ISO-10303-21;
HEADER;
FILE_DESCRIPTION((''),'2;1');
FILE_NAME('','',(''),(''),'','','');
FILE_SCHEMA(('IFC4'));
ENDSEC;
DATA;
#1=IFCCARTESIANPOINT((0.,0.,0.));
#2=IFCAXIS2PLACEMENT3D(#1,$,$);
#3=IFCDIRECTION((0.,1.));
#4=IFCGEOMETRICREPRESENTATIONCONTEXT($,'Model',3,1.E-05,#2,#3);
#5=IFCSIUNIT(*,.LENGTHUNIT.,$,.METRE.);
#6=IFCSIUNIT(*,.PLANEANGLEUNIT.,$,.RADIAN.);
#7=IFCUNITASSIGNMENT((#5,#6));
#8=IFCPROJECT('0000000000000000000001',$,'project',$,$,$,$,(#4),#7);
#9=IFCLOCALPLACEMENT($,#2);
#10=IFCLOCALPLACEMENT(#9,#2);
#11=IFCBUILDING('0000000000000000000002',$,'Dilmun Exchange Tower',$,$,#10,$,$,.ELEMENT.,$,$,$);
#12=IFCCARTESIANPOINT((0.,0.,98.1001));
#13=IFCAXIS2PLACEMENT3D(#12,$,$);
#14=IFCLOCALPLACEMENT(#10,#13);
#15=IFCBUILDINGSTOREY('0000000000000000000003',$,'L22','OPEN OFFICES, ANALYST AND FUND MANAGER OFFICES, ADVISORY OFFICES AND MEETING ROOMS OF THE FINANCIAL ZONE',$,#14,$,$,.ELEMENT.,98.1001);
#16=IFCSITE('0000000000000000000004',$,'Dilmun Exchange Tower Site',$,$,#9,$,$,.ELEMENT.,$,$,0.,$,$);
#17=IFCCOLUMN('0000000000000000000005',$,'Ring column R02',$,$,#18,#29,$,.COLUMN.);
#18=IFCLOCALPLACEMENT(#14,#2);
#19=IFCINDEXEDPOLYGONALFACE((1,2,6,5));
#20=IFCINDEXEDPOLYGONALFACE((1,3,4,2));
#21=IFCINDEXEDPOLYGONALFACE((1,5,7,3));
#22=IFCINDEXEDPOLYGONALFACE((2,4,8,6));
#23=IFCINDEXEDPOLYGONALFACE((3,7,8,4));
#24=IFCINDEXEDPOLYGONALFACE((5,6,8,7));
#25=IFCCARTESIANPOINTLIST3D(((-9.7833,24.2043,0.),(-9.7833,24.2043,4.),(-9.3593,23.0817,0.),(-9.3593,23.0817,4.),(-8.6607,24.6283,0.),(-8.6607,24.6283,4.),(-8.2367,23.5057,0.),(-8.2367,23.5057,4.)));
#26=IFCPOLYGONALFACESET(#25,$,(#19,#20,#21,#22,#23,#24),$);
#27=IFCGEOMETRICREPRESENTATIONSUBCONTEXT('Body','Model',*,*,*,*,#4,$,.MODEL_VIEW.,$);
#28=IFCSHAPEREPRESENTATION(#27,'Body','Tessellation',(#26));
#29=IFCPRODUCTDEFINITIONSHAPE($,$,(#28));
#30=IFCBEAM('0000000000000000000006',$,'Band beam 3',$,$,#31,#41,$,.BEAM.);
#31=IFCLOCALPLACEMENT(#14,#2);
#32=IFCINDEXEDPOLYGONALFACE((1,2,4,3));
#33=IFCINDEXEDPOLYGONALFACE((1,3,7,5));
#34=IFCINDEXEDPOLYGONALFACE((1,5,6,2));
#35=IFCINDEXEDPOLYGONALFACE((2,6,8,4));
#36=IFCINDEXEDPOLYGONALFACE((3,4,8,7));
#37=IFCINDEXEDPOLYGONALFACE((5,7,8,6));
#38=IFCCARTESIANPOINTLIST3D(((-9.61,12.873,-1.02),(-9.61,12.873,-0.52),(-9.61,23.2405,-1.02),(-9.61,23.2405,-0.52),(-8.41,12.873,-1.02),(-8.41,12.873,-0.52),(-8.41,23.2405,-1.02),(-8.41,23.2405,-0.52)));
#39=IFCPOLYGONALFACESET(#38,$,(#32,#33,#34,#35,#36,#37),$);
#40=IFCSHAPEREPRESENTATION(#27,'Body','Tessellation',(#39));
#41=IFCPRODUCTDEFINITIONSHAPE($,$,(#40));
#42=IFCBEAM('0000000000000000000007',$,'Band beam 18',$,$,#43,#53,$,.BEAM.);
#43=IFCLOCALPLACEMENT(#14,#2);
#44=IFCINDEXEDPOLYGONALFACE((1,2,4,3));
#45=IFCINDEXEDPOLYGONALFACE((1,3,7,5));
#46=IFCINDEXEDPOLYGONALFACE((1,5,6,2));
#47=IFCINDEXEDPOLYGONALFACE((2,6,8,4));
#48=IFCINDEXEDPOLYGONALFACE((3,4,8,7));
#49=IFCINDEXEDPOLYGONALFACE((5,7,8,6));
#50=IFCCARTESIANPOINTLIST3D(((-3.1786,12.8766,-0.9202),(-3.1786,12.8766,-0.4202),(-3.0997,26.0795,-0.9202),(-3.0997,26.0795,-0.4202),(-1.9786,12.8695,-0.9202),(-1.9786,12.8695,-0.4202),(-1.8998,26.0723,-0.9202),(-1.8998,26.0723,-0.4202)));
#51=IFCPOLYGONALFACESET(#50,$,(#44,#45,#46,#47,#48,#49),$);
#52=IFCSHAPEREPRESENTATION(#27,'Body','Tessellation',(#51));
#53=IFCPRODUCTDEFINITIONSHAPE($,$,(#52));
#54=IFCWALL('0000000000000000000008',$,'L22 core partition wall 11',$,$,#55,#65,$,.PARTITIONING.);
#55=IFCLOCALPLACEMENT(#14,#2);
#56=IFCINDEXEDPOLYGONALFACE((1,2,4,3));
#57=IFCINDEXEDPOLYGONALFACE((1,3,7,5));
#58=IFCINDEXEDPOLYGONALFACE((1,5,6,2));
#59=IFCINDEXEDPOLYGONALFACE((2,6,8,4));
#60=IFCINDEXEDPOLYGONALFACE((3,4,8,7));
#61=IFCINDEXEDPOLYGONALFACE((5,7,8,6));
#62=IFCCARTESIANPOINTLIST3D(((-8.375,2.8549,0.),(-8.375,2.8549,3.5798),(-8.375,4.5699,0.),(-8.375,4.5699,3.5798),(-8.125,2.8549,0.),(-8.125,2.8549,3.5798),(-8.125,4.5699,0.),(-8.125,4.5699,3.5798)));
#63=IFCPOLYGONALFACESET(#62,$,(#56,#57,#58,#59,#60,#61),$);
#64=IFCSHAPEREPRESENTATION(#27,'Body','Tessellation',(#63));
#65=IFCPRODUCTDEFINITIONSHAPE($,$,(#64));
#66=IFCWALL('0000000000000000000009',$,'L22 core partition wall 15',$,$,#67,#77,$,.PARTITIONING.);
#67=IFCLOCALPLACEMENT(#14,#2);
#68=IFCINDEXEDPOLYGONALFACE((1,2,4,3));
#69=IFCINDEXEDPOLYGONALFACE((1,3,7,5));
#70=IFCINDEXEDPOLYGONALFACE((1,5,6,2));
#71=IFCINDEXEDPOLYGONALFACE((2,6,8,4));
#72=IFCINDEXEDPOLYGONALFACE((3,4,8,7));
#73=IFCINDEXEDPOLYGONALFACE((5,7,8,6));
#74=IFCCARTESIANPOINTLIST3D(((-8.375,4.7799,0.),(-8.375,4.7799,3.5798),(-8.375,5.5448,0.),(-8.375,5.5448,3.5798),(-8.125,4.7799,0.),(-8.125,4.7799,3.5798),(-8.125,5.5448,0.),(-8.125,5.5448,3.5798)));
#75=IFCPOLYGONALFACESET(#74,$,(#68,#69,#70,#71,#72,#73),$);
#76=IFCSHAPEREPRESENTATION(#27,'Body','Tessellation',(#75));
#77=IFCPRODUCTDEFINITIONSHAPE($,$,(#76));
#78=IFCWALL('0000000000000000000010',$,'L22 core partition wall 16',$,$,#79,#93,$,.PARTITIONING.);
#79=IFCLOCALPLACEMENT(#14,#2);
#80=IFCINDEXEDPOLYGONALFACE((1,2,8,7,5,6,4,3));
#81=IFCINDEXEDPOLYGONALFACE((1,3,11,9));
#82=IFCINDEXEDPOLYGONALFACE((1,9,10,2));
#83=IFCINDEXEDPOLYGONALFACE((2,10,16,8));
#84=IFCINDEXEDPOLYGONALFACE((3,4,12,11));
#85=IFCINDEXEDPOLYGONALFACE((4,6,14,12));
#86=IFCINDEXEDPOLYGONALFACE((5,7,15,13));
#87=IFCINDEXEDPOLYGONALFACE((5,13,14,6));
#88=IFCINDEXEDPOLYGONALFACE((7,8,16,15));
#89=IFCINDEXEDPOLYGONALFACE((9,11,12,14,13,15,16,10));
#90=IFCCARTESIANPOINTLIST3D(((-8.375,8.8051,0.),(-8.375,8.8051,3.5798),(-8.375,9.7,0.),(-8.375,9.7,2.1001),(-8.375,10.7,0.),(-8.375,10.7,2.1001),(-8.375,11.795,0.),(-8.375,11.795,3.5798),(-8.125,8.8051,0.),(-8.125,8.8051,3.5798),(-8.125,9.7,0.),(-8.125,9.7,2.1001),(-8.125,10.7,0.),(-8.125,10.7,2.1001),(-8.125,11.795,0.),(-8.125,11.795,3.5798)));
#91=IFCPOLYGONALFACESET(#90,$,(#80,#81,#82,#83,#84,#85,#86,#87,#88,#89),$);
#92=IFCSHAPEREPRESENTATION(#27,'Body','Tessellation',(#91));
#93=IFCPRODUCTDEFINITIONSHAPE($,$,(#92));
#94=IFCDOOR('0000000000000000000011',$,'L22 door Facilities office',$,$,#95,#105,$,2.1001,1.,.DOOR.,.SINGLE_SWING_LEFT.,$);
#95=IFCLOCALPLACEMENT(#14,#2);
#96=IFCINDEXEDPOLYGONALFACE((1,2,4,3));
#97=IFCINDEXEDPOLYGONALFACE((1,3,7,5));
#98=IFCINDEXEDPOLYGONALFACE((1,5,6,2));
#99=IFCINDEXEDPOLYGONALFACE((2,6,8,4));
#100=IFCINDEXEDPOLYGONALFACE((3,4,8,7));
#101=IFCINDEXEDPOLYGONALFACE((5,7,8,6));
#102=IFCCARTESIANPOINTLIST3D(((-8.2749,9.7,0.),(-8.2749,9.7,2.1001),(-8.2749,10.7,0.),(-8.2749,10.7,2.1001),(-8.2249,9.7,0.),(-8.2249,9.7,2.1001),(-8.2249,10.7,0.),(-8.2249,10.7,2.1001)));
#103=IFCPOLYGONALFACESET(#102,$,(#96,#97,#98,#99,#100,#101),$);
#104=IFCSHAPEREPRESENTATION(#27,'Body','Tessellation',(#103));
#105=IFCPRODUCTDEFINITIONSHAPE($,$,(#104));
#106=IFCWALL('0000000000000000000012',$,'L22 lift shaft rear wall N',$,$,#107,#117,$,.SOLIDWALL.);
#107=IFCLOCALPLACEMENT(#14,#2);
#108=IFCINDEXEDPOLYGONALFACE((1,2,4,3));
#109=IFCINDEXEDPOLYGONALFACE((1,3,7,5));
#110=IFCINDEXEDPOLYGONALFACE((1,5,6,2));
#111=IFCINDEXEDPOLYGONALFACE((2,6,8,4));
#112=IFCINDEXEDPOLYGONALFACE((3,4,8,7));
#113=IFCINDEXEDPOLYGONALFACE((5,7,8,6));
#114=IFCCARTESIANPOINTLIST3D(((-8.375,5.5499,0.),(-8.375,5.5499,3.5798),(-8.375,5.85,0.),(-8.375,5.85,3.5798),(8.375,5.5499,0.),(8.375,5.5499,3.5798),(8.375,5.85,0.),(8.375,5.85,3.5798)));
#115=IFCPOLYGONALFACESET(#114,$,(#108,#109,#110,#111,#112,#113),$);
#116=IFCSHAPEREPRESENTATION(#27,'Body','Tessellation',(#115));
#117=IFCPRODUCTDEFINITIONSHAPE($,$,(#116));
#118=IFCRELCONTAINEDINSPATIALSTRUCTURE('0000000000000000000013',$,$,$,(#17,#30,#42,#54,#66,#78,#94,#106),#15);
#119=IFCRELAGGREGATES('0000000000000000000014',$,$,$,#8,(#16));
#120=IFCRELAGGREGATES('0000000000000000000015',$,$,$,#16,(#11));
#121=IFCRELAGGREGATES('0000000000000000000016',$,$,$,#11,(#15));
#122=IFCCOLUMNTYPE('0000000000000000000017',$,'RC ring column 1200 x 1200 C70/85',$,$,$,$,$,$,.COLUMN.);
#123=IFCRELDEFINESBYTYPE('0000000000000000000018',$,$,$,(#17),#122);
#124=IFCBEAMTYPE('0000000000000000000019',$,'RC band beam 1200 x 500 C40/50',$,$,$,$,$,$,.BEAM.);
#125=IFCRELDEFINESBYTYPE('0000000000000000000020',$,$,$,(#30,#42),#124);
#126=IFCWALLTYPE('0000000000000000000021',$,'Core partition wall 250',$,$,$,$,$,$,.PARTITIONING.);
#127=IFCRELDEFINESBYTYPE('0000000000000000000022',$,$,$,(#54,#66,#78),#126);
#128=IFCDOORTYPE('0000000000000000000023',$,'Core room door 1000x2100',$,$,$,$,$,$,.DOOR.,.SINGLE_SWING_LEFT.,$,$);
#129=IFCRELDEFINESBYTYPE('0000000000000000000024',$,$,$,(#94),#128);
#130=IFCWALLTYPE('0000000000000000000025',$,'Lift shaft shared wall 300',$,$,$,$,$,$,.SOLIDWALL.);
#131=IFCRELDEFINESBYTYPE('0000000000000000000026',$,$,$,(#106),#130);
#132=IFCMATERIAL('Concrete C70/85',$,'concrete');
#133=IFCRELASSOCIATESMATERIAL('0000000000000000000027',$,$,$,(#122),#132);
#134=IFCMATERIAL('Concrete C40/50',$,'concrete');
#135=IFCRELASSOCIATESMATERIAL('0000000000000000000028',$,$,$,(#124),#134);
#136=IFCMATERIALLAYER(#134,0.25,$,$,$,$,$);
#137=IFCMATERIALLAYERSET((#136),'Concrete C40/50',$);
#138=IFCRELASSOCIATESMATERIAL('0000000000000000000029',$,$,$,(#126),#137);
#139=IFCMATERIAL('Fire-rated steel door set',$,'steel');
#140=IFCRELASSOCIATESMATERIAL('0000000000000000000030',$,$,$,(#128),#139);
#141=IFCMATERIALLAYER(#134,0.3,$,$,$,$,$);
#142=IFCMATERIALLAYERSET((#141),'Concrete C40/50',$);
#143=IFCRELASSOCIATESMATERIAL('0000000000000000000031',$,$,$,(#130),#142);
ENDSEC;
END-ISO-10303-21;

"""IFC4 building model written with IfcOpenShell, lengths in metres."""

from ifc_helpers import new_model, si_unit, direction, frame, frame_2d, origin, origin_2d, place, context, subcontext, project, spatial, rectangle, extrude, material, layer, layer_set, material_profile, profile_set, type_object, element, fill, save


model = new_model("IFC4")

# Units and contexts
model_context = context("Model", 3, precision=1e-05, world=origin(), true_north=direction((0.0, 1.0)))
body_context = subcontext(model_context, "Body", "Model", "MODEL_VIEW")
ifc_project = project(units=[si_unit("LENGTHUNIT", "METRE"), si_unit("PLANEANGLEUNIT", "RADIAN")], contexts=[model_context])

# Site, building, storey
site_placement = place(None, origin())
site = spatial("IfcSite", under=ifc_project, at=site_placement, Name="Dilmun Exchange Tower Site", CompositionType="ELEMENT", RefElevation=0.0)
building_placement = place(site_placement, origin())
building = spatial("IfcBuilding", under=site, at=building_placement, Name="Dilmun Exchange Tower", CompositionType="ELEMENT")
storey_placement = place(building_placement, frame((0.0, 0.0, 98.1001)))
storey = spatial("IfcBuildingStorey", under=building, at=storey_placement, Name="L22", Description="OPEN OFFICES, ANALYST AND FUND MANAGER OFFICES, ADVISORY OFFICES AND MEETING ROOMS OF THE FINANCIAL ZONE", CompositionType="ELEMENT", Elevation=98.1001)

# Column
ifc_material_1 = material(Name="Concrete C70/85", Category="concrete")
ifc_material_profile_1 = material_profile(ifc_material_1, rectangle(XDim=1.2, YDim=1.2, at=origin_2d()), Name="1200 x 1200")
ifc_profile_set_1 = profile_set([ifc_material_profile_1], Name="Concrete C70/85")
column_type = type_object("IfcColumnType", Name="RC ring column 1200 x 1200 C70/85", PredefinedType="COLUMN", material=ifc_profile_set_1)
column_placement = place(storey_placement, frame((-9.01, 23.855, 0.0), z_axis=(0.0, 0.0, 1.0), x_axis=(0.935492, 0.353349, 0.0)))
element("IfcColumn", 1, at=column_placement, inside=storey, type_object=column_type, Name="Ring column R02", PredefinedType="COLUMN", context=body_context, shape_type="SweptSolid", body=[
    extrude(rectangle(XDim=1.2, YDim=1.2, at=origin_2d()), origin(), (0.0, 0.0, 1.0), 4.0),
])

# Beams
ifc_material_2 = material(Name="Concrete C40/50", Category="concrete")
ifc_material_profile_2 = material_profile(ifc_material_2, rectangle(XDim=1.2, YDim=0.5, at=origin_2d()), Name="1200 x 500")
ifc_profile_set_2 = profile_set([ifc_material_profile_2], Name="Concrete C40/50")
beam_type = type_object("IfcBeamType", Name="RC band beam 1200 x 500 C40/50", PredefinedType="BEAM", material=ifc_profile_set_2)
beam_1_placement = place(storey_placement, frame((-9.01, 23.2405, -0.77), z_axis=(0.0, -1.0, 0.0), x_axis=(1.0, 0.0, 0.0)))
element("IfcBeam", 2, at=beam_1_placement, inside=storey, type_object=beam_type, Name="Band beam 3", PredefinedType="BEAM", context=body_context, shape_type="SweptSolid", body=[
    extrude(rectangle(XDim=1.2, YDim=0.5, at=origin_2d()), origin(), (0.0, 0.0, 1.0), 10.3674),
])
beam_2_placement = place(storey_placement, frame((-2.4998, 26.0759, -0.6702), z_axis=(-0.005973, -0.999982, 0.0), x_axis=(0.999982, -0.005973, 0.0)))
element("IfcBeam", 3, at=beam_2_placement, inside=storey, type_object=beam_type, Name="Band beam 18", PredefinedType="BEAM", context=body_context, shape_type="SweptSolid", body=[
    extrude(rectangle(XDim=1.2, YDim=0.5, at=origin_2d()), origin(), (0.0, 0.0, 1.0), 13.2031),
])

# Walls
ifc_layer_1 = layer(ifc_material_2, 0.25)
ifc_layer_set_1 = layer_set([ifc_layer_1], Name="Concrete C40/50")
wall_type_1 = type_object("IfcWallType", Name="Core partition wall 250", PredefinedType="PARTITIONING", material=ifc_layer_set_1)
wall_1_placement = place(storey_placement, frame((-8.25, 2.855, 0.0), z_axis=(0.0, 0.0, 1.0), x_axis=(0.0, 1.0, 0.0)))
element("IfcWall", 4, at=wall_1_placement, inside=storey, type_object=wall_type_1, Name="L22 core partition wall 11", PredefinedType="PARTITIONING", context=body_context, shape_type="SweptSolid", body=[
    extrude(rectangle(XDim=1.7151, YDim=0.25, at=frame_2d((0.8574, 0.0))), origin(), (0.0, 0.0, 1.0), 3.5798),
])
wall_2_placement = place(storey_placement, frame((-8.25, 4.78, 0.0), z_axis=(0.0, 0.0, 1.0), x_axis=(0.0, 1.0, 0.0)))
element("IfcWall", 5, at=wall_2_placement, inside=storey, type_object=wall_type_1, Name="L22 core partition wall 15", PredefinedType="PARTITIONING", context=body_context, shape_type="SweptSolid", body=[
    extrude(rectangle(XDim=0.7649, YDim=0.25, at=frame_2d((0.3823, 0.0))), origin(), (0.0, 0.0, 1.0), 3.5798),
])

# Wall, opening, door
wall_3_placement = place(storey_placement, frame((-8.25, 8.8049, 0.0), z_axis=(0.0, 0.0, 1.0), x_axis=(0.0, 1.0, 0.0)))
wall_3 = element("IfcWall", 6, at=wall_3_placement, inside=storey, type_object=wall_type_1, Name="L22 core partition wall 16", PredefinedType="PARTITIONING", context=body_context, shape_type="SweptSolid", body=[
    extrude(rectangle(XDim=2.99, YDim=0.25, at=frame_2d((1.4951, 0.0))), origin(), (0.0, 0.0, 1.0), 3.5798),
])
opening_1_placement = place(wall_3_placement, frame((0.895, 0.0, 0.0)))
opening_1 = element("IfcOpeningElement", 7, at=opening_1_placement, cuts=wall_3, PredefinedType="OPENING", context=body_context, shape_type="SweptSolid", body=[
    extrude(rectangle(XDim=1.0, YDim=2.1001, at=frame_2d((0.5, 1.05))), frame((0.0, 0.135, 0.0), z_axis=(0.0, -1.0, 0.0), x_axis=(1.0, 0.0, 0.0)), (0.0, 0.0, 1.0), 0.27),
])
ifc_material_3 = material(Name="Fire-rated steel door set", Category="steel")
door_type_1 = type_object("IfcDoorType", Name="Core room door 1000x2100", OperationType="SINGLE_SWING_LEFT", PredefinedType="DOOR", material=ifc_material_3)
door_1_placement = place(opening_1_placement, origin())
door_1 = element("IfcDoor", 8, at=door_1_placement, inside=storey, type_object=door_type_1, Name="L22 door Facilities office", OperationType="SINGLE_SWING_LEFT", OverallHeight=2.1001, OverallWidth=1.0, PredefinedType="DOOR", context=body_context, shape_type="SweptSolid", body=[
    extrude(rectangle(XDim=1.0, YDim=2.1001, at=frame_2d((0.5, 1.05))), frame((0.0, 0.0249, 0.0), z_axis=(0.0, -1.0, 0.0), x_axis=(1.0, 0.0, 0.0)), (0.0, 0.0, 1.0), 0.05),
])
fill(opening_1, door_1)

# Wall
ifc_layer_2 = layer(ifc_material_2, 0.3)
ifc_layer_set_2 = layer_set([ifc_layer_2], Name="Concrete C40/50")
wall_type_2 = type_object("IfcWallType", Name="Lift shaft shared wall 300", PredefinedType="SOLIDWALL", material=ifc_layer_set_2)
wall_4_placement = place(storey_placement, frame((-8.375, 5.7, 0.0), z_axis=(0.0, 0.0, 1.0), x_axis=(1.0, 0.0, 0.0)))
element("IfcWall", 9, at=wall_4_placement, inside=storey, type_object=wall_type_2, Name="L22 lift shaft rear wall N", PredefinedType="SOLIDWALL", context=body_context, shape_type="SweptSolid", body=[
    extrude(rectangle(XDim=16.75, YDim=0.3, at=frame_2d((8.375, 0.0))), origin(), (0.0, 0.0, 1.0), 3.5798),
])

save(model, "model.ifc")
